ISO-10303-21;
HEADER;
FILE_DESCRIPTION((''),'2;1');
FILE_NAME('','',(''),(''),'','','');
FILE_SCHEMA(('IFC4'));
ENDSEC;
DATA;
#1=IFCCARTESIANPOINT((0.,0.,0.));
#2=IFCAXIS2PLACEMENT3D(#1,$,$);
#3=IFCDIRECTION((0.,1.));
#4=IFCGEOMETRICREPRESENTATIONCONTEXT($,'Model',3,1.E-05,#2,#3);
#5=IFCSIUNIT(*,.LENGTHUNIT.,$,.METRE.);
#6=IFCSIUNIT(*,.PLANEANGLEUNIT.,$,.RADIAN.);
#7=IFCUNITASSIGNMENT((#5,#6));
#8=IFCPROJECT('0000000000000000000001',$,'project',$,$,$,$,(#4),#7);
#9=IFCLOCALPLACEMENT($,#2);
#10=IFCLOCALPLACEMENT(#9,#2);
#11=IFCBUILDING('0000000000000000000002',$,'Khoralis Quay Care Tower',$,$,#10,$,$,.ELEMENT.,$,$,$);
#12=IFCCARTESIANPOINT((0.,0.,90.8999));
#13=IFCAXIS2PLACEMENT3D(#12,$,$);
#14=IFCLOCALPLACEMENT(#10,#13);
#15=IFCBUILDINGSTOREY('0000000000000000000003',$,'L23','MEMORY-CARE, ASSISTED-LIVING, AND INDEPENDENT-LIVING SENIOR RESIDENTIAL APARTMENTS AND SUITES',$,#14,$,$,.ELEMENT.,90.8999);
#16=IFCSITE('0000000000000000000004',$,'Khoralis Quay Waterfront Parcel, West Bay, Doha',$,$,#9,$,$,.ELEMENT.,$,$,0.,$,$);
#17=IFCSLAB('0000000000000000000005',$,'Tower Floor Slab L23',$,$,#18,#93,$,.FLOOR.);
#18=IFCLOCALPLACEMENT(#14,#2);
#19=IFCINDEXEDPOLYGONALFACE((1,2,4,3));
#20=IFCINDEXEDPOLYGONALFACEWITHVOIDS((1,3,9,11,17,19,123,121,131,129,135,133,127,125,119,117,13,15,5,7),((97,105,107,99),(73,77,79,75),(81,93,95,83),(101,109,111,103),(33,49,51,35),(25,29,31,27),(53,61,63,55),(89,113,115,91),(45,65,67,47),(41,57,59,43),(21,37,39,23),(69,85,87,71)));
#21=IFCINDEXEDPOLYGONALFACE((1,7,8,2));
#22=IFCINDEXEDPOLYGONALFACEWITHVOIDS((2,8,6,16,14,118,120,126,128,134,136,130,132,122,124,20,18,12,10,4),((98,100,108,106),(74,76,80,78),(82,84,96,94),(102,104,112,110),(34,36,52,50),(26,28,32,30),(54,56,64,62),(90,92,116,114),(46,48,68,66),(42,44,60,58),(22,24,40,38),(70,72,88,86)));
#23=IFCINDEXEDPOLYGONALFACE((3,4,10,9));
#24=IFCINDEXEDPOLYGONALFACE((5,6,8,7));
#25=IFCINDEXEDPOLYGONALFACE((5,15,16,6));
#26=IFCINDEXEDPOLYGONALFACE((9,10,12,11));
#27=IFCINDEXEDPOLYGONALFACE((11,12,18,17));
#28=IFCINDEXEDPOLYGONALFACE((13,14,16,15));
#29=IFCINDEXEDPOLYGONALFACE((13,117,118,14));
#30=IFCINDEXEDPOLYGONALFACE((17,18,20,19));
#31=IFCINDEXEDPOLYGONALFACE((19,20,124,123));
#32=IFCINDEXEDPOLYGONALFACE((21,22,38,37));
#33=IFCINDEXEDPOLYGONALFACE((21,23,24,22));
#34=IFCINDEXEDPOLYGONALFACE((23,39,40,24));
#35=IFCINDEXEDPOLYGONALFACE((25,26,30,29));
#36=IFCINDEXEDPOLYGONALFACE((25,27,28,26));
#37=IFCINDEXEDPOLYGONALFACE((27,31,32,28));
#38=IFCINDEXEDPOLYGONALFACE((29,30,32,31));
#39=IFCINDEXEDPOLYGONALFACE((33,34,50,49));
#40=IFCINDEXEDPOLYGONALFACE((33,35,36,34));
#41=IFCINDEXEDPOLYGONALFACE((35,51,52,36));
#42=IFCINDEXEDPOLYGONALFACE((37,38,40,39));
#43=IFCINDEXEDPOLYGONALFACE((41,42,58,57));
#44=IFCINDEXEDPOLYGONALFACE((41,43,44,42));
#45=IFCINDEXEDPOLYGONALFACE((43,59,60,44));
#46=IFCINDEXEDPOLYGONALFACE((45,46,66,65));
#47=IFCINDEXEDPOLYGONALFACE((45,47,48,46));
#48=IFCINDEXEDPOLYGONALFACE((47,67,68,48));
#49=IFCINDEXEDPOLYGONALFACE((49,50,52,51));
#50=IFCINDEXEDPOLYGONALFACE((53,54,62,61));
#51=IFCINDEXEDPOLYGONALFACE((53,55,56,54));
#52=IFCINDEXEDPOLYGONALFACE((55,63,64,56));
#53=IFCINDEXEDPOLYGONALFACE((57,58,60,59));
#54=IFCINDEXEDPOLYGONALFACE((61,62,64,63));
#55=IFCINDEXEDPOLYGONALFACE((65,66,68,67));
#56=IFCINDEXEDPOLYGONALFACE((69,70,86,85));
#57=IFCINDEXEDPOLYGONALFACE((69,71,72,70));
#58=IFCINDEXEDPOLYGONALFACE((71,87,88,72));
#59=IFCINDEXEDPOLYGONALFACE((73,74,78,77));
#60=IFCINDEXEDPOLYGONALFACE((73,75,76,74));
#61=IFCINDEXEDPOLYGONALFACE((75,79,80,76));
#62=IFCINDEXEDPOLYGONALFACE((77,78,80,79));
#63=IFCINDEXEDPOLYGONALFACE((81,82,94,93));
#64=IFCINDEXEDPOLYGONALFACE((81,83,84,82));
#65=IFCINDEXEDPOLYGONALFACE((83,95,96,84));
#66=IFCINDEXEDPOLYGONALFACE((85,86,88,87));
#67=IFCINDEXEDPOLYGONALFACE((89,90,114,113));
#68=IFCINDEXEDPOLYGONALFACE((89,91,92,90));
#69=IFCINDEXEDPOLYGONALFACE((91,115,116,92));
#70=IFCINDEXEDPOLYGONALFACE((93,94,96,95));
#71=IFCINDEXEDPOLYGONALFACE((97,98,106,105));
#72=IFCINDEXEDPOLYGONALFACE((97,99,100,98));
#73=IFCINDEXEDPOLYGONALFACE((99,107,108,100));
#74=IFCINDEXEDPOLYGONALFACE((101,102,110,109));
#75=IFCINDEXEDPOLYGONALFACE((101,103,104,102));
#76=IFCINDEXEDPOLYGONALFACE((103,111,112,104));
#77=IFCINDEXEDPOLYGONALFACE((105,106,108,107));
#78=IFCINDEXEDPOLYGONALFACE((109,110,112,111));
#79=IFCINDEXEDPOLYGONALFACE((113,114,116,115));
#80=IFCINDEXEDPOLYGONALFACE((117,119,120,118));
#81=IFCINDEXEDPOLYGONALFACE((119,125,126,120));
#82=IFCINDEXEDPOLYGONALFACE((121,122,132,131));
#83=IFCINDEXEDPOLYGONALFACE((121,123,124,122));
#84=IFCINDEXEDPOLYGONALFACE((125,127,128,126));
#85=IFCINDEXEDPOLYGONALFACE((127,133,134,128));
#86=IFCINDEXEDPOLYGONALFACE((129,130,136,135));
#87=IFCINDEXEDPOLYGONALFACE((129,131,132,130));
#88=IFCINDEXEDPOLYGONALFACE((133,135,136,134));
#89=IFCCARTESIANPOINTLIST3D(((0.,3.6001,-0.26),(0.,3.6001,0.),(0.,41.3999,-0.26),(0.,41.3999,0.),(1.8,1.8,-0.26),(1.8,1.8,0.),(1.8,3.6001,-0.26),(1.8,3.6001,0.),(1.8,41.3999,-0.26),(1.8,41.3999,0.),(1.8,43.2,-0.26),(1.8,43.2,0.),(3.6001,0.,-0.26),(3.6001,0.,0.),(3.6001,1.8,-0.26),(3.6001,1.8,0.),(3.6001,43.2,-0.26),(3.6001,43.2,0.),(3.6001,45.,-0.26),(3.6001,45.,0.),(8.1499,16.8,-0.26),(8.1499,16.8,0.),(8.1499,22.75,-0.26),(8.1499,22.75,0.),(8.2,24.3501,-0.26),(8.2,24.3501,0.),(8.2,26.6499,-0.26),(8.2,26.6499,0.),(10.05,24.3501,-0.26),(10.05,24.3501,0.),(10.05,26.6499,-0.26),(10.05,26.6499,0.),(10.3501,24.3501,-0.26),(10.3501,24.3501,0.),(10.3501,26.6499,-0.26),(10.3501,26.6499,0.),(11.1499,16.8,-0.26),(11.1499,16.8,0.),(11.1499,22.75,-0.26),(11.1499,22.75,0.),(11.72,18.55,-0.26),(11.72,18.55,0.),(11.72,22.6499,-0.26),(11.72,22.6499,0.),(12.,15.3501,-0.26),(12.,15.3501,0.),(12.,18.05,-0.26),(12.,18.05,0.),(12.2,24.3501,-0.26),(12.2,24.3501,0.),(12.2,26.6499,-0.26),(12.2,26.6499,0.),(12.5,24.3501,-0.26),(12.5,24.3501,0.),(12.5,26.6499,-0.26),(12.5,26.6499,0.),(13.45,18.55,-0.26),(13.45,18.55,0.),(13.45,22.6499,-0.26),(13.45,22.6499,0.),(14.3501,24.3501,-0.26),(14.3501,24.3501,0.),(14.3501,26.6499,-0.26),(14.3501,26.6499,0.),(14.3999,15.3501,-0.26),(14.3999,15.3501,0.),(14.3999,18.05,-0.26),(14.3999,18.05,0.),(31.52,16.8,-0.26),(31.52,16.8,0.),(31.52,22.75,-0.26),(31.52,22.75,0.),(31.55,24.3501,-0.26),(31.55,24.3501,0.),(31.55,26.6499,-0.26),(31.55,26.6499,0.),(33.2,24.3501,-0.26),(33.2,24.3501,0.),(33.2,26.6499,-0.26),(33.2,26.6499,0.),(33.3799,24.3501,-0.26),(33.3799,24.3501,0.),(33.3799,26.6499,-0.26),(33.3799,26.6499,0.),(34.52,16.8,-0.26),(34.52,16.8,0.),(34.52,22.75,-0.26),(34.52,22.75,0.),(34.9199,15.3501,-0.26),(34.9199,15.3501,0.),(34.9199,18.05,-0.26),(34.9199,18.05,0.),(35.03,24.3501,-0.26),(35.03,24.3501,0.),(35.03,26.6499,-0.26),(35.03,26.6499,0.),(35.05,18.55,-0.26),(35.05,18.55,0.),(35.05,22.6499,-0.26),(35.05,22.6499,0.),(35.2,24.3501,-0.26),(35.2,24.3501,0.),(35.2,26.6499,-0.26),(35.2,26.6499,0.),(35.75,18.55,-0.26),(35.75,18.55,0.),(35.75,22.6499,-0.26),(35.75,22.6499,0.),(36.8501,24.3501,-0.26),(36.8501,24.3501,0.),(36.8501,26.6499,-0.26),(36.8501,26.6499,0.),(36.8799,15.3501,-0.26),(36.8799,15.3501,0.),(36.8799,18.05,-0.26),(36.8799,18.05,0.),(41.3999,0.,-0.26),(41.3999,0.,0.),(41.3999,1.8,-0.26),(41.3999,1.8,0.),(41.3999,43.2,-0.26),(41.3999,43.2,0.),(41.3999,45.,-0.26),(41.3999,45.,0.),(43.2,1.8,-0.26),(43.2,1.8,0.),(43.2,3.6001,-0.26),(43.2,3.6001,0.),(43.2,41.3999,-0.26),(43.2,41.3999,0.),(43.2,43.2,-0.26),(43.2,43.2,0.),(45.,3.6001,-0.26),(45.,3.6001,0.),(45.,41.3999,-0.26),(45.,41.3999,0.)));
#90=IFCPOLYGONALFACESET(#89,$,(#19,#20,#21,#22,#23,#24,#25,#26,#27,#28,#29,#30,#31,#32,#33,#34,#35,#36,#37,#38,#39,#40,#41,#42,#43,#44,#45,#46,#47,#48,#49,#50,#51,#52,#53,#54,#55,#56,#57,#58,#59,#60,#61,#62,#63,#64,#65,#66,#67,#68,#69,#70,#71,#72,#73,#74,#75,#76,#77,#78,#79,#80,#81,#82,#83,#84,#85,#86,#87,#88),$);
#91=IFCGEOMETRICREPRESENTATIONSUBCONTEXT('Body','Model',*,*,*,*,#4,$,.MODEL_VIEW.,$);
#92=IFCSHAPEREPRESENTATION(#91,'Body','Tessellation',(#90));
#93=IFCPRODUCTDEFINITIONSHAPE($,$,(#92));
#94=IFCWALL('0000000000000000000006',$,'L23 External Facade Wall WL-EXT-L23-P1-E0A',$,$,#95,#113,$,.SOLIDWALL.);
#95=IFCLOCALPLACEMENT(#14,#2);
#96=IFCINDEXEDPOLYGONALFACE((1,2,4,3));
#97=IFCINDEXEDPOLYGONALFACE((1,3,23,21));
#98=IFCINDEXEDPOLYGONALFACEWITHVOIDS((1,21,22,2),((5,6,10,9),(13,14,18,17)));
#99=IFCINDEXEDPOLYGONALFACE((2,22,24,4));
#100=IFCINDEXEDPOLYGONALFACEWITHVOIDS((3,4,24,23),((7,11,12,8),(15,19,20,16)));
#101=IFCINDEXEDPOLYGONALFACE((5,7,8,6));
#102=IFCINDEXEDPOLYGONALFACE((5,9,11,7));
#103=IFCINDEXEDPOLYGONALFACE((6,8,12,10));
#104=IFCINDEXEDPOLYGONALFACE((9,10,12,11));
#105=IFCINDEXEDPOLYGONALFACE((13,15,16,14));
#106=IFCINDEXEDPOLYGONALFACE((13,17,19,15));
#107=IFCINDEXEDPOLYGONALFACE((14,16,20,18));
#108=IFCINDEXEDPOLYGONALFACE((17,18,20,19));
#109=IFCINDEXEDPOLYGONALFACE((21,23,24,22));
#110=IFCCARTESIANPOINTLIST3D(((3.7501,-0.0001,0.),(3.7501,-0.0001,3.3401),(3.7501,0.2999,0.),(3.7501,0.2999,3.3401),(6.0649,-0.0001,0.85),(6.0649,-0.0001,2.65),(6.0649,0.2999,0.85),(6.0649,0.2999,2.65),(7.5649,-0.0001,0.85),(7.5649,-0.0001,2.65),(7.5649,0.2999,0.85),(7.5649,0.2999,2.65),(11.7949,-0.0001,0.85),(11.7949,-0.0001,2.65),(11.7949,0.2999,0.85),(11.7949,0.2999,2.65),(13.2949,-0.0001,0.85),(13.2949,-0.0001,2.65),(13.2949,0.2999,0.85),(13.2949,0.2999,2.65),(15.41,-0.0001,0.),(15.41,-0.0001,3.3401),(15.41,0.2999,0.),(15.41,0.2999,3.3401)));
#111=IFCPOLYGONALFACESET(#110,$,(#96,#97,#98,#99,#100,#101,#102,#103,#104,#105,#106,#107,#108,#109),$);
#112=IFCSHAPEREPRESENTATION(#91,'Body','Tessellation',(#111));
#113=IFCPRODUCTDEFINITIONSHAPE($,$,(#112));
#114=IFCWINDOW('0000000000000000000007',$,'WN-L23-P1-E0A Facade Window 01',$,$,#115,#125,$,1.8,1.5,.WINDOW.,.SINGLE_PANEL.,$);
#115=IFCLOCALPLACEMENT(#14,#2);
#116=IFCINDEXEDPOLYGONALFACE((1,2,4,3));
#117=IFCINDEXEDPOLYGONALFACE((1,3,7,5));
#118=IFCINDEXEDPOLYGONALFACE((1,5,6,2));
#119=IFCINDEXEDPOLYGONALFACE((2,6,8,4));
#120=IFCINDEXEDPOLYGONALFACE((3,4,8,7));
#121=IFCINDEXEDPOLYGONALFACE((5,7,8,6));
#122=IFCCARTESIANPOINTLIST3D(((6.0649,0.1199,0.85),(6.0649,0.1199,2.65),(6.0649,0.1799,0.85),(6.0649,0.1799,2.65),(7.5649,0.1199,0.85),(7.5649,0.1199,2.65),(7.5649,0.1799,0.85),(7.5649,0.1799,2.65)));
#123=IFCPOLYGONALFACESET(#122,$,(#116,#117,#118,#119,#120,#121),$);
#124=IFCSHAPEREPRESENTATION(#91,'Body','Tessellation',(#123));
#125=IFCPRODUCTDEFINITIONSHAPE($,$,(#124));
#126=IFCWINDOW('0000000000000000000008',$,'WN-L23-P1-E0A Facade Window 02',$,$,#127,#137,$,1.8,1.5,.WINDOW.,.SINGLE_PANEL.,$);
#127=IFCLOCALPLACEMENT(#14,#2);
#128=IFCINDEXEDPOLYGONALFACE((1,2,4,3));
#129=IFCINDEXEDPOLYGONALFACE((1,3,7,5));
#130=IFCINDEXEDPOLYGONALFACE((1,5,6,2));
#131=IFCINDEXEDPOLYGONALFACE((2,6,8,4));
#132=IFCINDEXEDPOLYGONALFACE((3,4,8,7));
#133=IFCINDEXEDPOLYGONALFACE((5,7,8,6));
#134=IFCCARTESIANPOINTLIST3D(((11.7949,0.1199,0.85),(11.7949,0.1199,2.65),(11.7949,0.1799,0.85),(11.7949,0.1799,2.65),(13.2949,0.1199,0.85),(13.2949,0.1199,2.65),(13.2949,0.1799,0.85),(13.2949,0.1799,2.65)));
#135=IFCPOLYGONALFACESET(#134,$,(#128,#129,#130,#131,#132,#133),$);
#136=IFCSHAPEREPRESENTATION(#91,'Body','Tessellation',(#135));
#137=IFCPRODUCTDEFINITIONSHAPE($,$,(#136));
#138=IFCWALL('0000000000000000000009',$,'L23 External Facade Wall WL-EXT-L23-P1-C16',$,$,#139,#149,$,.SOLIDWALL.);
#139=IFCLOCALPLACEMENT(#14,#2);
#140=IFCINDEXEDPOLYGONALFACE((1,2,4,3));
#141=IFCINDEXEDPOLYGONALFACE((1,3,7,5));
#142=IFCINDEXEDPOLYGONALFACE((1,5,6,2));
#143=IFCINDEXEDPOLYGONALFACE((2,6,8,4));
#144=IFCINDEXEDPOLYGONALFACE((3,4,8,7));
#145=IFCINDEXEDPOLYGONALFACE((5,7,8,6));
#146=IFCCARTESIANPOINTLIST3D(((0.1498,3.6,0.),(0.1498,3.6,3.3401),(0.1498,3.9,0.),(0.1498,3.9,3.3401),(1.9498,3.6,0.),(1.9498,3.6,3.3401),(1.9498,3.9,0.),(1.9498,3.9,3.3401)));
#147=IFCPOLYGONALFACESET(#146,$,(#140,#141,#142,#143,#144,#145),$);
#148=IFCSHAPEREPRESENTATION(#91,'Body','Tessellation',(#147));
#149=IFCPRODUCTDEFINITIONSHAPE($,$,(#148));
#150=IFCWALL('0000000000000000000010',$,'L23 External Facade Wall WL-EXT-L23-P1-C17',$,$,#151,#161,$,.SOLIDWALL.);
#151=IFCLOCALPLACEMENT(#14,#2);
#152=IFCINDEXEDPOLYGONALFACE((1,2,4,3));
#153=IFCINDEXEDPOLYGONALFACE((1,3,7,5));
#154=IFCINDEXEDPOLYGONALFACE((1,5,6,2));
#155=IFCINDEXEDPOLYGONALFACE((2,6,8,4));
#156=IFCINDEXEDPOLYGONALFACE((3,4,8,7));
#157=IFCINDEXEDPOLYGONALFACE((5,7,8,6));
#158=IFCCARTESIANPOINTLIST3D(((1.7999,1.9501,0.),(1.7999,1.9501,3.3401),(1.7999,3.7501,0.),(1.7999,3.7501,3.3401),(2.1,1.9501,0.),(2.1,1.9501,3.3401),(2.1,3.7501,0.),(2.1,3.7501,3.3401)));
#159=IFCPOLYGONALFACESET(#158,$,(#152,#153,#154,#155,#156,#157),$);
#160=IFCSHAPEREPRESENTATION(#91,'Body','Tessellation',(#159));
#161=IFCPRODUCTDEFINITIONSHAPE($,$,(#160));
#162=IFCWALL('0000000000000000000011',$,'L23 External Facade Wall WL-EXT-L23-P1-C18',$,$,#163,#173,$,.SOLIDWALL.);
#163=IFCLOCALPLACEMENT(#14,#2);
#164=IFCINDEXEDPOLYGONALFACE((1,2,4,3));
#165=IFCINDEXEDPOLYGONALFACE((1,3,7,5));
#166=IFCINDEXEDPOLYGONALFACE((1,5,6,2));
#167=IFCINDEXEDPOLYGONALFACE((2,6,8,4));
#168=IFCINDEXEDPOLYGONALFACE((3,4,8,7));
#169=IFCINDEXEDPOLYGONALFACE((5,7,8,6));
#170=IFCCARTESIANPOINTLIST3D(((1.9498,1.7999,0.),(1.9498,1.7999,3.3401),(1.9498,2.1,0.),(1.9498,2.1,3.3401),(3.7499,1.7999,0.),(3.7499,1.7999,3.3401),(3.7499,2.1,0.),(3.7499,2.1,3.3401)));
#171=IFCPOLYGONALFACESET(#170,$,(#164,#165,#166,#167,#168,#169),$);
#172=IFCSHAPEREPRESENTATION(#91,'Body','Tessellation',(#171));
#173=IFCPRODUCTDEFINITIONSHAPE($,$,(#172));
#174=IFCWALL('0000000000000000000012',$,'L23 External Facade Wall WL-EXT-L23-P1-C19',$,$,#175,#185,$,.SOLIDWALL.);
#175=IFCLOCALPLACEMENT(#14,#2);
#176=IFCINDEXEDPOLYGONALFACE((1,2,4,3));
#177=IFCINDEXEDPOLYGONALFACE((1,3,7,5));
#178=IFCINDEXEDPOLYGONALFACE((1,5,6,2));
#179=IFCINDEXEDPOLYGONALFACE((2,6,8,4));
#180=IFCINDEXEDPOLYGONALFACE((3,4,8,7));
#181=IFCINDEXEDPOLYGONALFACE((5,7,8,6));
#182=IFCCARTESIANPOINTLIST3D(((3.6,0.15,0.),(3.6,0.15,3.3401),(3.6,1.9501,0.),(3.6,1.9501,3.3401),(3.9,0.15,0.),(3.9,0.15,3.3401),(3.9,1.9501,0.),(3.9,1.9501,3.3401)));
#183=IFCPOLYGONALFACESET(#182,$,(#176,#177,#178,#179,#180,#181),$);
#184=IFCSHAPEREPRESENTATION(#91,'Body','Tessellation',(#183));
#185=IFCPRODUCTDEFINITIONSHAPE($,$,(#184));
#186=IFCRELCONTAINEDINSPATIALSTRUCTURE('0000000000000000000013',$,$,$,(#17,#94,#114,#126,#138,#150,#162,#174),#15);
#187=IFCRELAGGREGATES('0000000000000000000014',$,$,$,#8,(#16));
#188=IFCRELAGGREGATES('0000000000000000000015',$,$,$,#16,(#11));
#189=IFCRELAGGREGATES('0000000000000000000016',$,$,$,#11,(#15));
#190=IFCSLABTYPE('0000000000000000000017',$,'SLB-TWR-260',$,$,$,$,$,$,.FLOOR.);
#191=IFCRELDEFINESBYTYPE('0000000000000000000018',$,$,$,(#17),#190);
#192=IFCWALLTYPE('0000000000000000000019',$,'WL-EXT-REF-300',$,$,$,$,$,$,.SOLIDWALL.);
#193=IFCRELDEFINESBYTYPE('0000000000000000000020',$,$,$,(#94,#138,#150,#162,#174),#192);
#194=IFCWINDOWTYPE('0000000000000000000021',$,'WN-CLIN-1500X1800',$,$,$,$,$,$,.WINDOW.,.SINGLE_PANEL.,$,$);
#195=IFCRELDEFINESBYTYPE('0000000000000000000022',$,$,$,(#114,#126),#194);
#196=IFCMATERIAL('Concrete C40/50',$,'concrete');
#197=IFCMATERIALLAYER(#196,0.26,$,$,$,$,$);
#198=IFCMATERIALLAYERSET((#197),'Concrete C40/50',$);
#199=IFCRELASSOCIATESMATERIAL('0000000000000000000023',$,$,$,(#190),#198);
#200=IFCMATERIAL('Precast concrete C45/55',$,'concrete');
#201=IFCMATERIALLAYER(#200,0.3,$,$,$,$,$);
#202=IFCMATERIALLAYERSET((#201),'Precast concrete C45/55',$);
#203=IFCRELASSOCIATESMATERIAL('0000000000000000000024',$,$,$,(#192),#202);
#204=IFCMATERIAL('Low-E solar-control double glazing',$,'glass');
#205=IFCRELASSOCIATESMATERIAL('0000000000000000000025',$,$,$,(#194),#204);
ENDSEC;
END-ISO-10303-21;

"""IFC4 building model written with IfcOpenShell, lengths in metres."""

from ifc_helpers import new_model, si_unit, direction, frame, frame_2d, origin, place, context, subcontext, project, spatial, polyline, rectangle, outline, extrude, source, transform, mapped, material, layer, layer_set, type_object, element, fill, save


model = new_model("IFC4")

# Units and contexts
model_context = context("Model", 3, precision=1e-05, world=origin(), true_north=direction((0.0, 1.0)))
body_context = subcontext(model_context, "Body", "Model", "MODEL_VIEW")
ifc_project = project(units=[si_unit("LENGTHUNIT", "METRE"), si_unit("PLANEANGLEUNIT", "RADIAN")], contexts=[model_context])

# Site, building, storey
site_placement = place(None, origin())
site = spatial("IfcSite", under=ifc_project, at=site_placement, Name="Khoralis Quay Waterfront Parcel, West Bay, Doha", CompositionType="ELEMENT", RefElevation=0.0)
building_placement = place(site_placement, origin())
building = spatial("IfcBuilding", under=site, at=building_placement, Name="Khoralis Quay Care Tower", CompositionType="ELEMENT")
storey_placement = place(building_placement, frame((0.0, 0.0, 90.8999)))
storey = spatial("IfcBuildingStorey", under=building, at=storey_placement, Name="L23", Description="MEMORY-CARE, ASSISTED-LIVING, AND INDEPENDENT-LIVING SENIOR RESIDENTIAL APARTMENTS AND SUITES", CompositionType="ELEMENT", Elevation=90.8999)

# Shared definitions
ifc_material_1 = material(Name="Precast concrete C45/55", Category="concrete")

# Slab
ifc_material_2 = material(Name="Concrete C40/50", Category="concrete")
ifc_layer_1 = layer(ifc_material_2, 0.26)
ifc_layer_set_1 = layer_set([ifc_layer_1], Name="Concrete C40/50")
slab_type_1 = type_object("IfcSlabType", Name="SLB-TWR-260", PredefinedType="FLOOR", material=ifc_layer_set_1)
slab_1_placement = place(storey_placement, frame((0.0, 0.0, -0.26)))
element("IfcSlab", 1, at=slab_1_placement, inside=storey, type_object=slab_type_1, Name="Tower Floor Slab L23", PredefinedType="FLOOR", context=body_context, shape_type="SweptSolid", body=[
    extrude(outline(polyline([(3.6001, 0.0), (41.3999, 0.0), (41.3999, 1.8), (43.2, 1.8), (43.2, 3.6001), (45.0, 3.6001), (45.0, 41.3999), (43.2, 41.3999), (43.2, 43.2), (41.3999, 43.2), (41.3999, 45.0), (3.6001, 45.0), (3.6001, 43.2), (1.8, 43.2), (1.8, 41.3999), (0.0, 41.3999), (0.0, 3.6001), (1.8, 3.6001), (1.8, 1.8), (3.6001, 1.8), (3.6001, 0.0)]), holes=[polyline([(11.1499, 16.8), (11.1499, 22.75), (8.1499, 22.75), (8.1499, 16.8), (11.1499, 16.8)]), polyline([(34.52, 16.8), (34.52, 22.75), (31.52, 22.75), (31.52, 16.8), (34.52, 16.8)]), polyline([(12.0, 15.3501), (14.3999, 15.3501), (14.3999, 18.05), (12.0, 18.05), (12.0, 15.3501)]), polyline([(34.9199, 15.3501), (36.8799, 15.3501), (36.8799, 18.05), (34.9199, 18.05), (34.9199, 15.3501)]), polyline([(8.2, 24.3501), (10.05, 24.3501), (10.05, 26.6499), (8.2, 26.6499), (8.2, 24.3501)]), polyline([(31.55, 24.3501), (33.2, 24.3501), (33.2, 26.6499), (31.55, 26.6499), (31.55, 24.3501)]), polyline([(10.3501, 24.3501), (12.2, 24.3501), (12.2, 26.6499), (10.3501, 26.6499), (10.3501, 24.3501)]), polyline([(33.3799, 24.3501), (35.03, 24.3501), (35.03, 26.6499), (33.3799, 26.6499), (33.3799, 24.3501)]), polyline([(12.5, 24.3501), (14.3501, 24.3501), (14.3501, 26.6499), (12.5, 26.6499), (12.5, 24.3501)]), polyline([(35.2, 24.3501), (36.8501, 24.3501), (36.8501, 26.6499), (35.2, 26.6499), (35.2, 24.3501)]), polyline([(11.72, 18.55), (13.45, 18.55), (13.45, 22.6499), (11.72, 22.6499), (11.72, 18.55)]), polyline([(35.05, 18.55), (35.75, 18.55), (35.75, 22.6499), (35.05, 22.6499), (35.05, 18.55)])]), origin(), (0.0, 0.0, 1.0), 0.26),
])

# Wall, openings, windows
ifc_layer_2 = layer(ifc_material_1, 0.3)
ifc_layer_set_2 = layer_set([ifc_layer_2], Name="Precast concrete C45/55")
wall_type_1 = type_object("IfcWallType", Name="WL-EXT-REF-300", PredefinedType="SOLIDWALL", material=ifc_layer_set_2)
wall_1_placement = place(storey_placement, frame((3.75, 0.1499, 0.0), z_axis=(0.0, 0.0, 1.0), x_axis=(1.0, 0.0, 0.0)))
wall_1 = element("IfcWall", 2, at=wall_1_placement, inside=storey, type_object=wall_type_1, Name="L23 External Facade Wall WL-EXT-L23-P1-E0A", PredefinedType="SOLIDWALL", context=body_context, shape_type="SweptSolid", body=[
    extrude(rectangle(XDim=11.6599, YDim=0.3, at=frame_2d((5.8301, 0.0))), origin(), (0.0, 0.0, 1.0), 3.3401),
])
opening_1_placement = place(wall_1_placement, frame((2.3149, 0.0, 0.8501)))
opening_1 = element("IfcOpeningElement", 3, at=opening_1_placement, cuts=wall_1, PredefinedType="OPENING", context=body_context, shape_type="SweptSolid", body=[
    extrude(rectangle(XDim=1.5, YDim=1.8, at=frame_2d((0.75, 0.8999))), frame((0.0, 0.1602, 0.0), z_axis=(0.0, -1.0, 0.0), x_axis=(1.0, 0.0, 0.0)), (0.0, 0.0, 1.0), 0.3201),
])
opening_2_placement = place(wall_1_placement, frame((8.0449, 0.0, 0.8501)))
opening_2 = element("IfcOpeningElement", 4, at=opening_2_placement, cuts=wall_1, PredefinedType="OPENING", context=body_context, shape_type="SweptSolid", body=[
    extrude(rectangle(XDim=1.5, YDim=1.8, at=frame_2d((0.75, 0.8999))), frame((0.0, 0.1602, 0.0), z_axis=(0.0, -1.0, 0.0), x_axis=(1.0, 0.0, 0.0)), (0.0, 0.0, 1.0), 0.3201),
])
ifc_material_3 = material(Name="Low-E solar-control double glazing", Category="glass")
window_type = type_object("IfcWindowType", Name="WN-CLIN-1500X1800", PartitioningType="SINGLE_PANEL", PredefinedType="WINDOW", material=ifc_material_3)
shared_shape_1 = source(origin(), body_context, "Body", "SweptSolid", [
    extrude(rectangle(XDim=1.5, YDim=1.8, at=frame_2d((0.75, 0.8999))), frame((0.0, 0.03, 0.0), z_axis=(0.0, -1.0, 0.0), x_axis=(1.0, 0.0, 0.0)), (0.0, 0.0, 1.0), 0.0601),
])
window_1_placement = place(opening_1_placement, origin())
window_1 = element("IfcWindow", 5, at=window_1_placement, inside=storey, type_object=window_type, Name="WN-L23-P1-E0A Facade Window 01", OverallHeight=1.8, OverallWidth=1.5, PartitioningType="SINGLE_PANEL", PredefinedType="WINDOW", context=body_context, shape_type="MappedRepresentation", body=[
    mapped(shared_shape_1, transform((0.0, 0.0, 0.0), scale=1.0)),
])
fill(opening_1, window_1)
window_2_placement = place(opening_2_placement, origin())
window_2 = element("IfcWindow", 6, at=window_2_placement, inside=storey, type_object=window_type, Name="WN-L23-P1-E0A Facade Window 02", OverallHeight=1.8, OverallWidth=1.5, PartitioningType="SINGLE_PANEL", PredefinedType="WINDOW", context=body_context, shape_type="MappedRepresentation", body=[
    mapped(shared_shape_1, transform((0.0, 0.0, 0.0), scale=1.0)),
])
fill(opening_2, window_2)

# Walls
for number, where, z_axis, x_axis, name in (
    (7, (0.1499, 3.75, 0.0), (0.0, 0.0, 1.0), (1.0, 0.0, 0.0), "L23 External Facade Wall WL-EXT-L23-P1-C16"),
    (8, (1.95, 3.75, 0.0), (0.0, 0.0, 1.0), (0.0, -1.0, 0.0), "L23 External Facade Wall WL-EXT-L23-P1-C17"),
    (9, (1.95, 1.95, 0.0), (0.0, 0.0, 1.0), (1.0, 0.0, 0.0), "L23 External Facade Wall WL-EXT-L23-P1-C18"),
    (10, (3.75, 1.95, 0.0), (0.0, 0.0, 1.0), (0.0, -1.0, 0.0), "L23 External Facade Wall WL-EXT-L23-P1-C19"),
):
    element("IfcWall", number, at=place(storey_placement, frame(where, z_axis=z_axis, x_axis=x_axis)), inside=storey, type_object=wall_type_1, Name=name, PredefinedType="SOLIDWALL", context=body_context, shape_type="SweptSolid", body=[
        extrude(rectangle(XDim=1.8, YDim=0.3, at=frame_2d((0.8999, 0.0))), origin(), (0.0, 0.0, 1.0), 3.3401),
    ])

save(model, "model.ifc")
